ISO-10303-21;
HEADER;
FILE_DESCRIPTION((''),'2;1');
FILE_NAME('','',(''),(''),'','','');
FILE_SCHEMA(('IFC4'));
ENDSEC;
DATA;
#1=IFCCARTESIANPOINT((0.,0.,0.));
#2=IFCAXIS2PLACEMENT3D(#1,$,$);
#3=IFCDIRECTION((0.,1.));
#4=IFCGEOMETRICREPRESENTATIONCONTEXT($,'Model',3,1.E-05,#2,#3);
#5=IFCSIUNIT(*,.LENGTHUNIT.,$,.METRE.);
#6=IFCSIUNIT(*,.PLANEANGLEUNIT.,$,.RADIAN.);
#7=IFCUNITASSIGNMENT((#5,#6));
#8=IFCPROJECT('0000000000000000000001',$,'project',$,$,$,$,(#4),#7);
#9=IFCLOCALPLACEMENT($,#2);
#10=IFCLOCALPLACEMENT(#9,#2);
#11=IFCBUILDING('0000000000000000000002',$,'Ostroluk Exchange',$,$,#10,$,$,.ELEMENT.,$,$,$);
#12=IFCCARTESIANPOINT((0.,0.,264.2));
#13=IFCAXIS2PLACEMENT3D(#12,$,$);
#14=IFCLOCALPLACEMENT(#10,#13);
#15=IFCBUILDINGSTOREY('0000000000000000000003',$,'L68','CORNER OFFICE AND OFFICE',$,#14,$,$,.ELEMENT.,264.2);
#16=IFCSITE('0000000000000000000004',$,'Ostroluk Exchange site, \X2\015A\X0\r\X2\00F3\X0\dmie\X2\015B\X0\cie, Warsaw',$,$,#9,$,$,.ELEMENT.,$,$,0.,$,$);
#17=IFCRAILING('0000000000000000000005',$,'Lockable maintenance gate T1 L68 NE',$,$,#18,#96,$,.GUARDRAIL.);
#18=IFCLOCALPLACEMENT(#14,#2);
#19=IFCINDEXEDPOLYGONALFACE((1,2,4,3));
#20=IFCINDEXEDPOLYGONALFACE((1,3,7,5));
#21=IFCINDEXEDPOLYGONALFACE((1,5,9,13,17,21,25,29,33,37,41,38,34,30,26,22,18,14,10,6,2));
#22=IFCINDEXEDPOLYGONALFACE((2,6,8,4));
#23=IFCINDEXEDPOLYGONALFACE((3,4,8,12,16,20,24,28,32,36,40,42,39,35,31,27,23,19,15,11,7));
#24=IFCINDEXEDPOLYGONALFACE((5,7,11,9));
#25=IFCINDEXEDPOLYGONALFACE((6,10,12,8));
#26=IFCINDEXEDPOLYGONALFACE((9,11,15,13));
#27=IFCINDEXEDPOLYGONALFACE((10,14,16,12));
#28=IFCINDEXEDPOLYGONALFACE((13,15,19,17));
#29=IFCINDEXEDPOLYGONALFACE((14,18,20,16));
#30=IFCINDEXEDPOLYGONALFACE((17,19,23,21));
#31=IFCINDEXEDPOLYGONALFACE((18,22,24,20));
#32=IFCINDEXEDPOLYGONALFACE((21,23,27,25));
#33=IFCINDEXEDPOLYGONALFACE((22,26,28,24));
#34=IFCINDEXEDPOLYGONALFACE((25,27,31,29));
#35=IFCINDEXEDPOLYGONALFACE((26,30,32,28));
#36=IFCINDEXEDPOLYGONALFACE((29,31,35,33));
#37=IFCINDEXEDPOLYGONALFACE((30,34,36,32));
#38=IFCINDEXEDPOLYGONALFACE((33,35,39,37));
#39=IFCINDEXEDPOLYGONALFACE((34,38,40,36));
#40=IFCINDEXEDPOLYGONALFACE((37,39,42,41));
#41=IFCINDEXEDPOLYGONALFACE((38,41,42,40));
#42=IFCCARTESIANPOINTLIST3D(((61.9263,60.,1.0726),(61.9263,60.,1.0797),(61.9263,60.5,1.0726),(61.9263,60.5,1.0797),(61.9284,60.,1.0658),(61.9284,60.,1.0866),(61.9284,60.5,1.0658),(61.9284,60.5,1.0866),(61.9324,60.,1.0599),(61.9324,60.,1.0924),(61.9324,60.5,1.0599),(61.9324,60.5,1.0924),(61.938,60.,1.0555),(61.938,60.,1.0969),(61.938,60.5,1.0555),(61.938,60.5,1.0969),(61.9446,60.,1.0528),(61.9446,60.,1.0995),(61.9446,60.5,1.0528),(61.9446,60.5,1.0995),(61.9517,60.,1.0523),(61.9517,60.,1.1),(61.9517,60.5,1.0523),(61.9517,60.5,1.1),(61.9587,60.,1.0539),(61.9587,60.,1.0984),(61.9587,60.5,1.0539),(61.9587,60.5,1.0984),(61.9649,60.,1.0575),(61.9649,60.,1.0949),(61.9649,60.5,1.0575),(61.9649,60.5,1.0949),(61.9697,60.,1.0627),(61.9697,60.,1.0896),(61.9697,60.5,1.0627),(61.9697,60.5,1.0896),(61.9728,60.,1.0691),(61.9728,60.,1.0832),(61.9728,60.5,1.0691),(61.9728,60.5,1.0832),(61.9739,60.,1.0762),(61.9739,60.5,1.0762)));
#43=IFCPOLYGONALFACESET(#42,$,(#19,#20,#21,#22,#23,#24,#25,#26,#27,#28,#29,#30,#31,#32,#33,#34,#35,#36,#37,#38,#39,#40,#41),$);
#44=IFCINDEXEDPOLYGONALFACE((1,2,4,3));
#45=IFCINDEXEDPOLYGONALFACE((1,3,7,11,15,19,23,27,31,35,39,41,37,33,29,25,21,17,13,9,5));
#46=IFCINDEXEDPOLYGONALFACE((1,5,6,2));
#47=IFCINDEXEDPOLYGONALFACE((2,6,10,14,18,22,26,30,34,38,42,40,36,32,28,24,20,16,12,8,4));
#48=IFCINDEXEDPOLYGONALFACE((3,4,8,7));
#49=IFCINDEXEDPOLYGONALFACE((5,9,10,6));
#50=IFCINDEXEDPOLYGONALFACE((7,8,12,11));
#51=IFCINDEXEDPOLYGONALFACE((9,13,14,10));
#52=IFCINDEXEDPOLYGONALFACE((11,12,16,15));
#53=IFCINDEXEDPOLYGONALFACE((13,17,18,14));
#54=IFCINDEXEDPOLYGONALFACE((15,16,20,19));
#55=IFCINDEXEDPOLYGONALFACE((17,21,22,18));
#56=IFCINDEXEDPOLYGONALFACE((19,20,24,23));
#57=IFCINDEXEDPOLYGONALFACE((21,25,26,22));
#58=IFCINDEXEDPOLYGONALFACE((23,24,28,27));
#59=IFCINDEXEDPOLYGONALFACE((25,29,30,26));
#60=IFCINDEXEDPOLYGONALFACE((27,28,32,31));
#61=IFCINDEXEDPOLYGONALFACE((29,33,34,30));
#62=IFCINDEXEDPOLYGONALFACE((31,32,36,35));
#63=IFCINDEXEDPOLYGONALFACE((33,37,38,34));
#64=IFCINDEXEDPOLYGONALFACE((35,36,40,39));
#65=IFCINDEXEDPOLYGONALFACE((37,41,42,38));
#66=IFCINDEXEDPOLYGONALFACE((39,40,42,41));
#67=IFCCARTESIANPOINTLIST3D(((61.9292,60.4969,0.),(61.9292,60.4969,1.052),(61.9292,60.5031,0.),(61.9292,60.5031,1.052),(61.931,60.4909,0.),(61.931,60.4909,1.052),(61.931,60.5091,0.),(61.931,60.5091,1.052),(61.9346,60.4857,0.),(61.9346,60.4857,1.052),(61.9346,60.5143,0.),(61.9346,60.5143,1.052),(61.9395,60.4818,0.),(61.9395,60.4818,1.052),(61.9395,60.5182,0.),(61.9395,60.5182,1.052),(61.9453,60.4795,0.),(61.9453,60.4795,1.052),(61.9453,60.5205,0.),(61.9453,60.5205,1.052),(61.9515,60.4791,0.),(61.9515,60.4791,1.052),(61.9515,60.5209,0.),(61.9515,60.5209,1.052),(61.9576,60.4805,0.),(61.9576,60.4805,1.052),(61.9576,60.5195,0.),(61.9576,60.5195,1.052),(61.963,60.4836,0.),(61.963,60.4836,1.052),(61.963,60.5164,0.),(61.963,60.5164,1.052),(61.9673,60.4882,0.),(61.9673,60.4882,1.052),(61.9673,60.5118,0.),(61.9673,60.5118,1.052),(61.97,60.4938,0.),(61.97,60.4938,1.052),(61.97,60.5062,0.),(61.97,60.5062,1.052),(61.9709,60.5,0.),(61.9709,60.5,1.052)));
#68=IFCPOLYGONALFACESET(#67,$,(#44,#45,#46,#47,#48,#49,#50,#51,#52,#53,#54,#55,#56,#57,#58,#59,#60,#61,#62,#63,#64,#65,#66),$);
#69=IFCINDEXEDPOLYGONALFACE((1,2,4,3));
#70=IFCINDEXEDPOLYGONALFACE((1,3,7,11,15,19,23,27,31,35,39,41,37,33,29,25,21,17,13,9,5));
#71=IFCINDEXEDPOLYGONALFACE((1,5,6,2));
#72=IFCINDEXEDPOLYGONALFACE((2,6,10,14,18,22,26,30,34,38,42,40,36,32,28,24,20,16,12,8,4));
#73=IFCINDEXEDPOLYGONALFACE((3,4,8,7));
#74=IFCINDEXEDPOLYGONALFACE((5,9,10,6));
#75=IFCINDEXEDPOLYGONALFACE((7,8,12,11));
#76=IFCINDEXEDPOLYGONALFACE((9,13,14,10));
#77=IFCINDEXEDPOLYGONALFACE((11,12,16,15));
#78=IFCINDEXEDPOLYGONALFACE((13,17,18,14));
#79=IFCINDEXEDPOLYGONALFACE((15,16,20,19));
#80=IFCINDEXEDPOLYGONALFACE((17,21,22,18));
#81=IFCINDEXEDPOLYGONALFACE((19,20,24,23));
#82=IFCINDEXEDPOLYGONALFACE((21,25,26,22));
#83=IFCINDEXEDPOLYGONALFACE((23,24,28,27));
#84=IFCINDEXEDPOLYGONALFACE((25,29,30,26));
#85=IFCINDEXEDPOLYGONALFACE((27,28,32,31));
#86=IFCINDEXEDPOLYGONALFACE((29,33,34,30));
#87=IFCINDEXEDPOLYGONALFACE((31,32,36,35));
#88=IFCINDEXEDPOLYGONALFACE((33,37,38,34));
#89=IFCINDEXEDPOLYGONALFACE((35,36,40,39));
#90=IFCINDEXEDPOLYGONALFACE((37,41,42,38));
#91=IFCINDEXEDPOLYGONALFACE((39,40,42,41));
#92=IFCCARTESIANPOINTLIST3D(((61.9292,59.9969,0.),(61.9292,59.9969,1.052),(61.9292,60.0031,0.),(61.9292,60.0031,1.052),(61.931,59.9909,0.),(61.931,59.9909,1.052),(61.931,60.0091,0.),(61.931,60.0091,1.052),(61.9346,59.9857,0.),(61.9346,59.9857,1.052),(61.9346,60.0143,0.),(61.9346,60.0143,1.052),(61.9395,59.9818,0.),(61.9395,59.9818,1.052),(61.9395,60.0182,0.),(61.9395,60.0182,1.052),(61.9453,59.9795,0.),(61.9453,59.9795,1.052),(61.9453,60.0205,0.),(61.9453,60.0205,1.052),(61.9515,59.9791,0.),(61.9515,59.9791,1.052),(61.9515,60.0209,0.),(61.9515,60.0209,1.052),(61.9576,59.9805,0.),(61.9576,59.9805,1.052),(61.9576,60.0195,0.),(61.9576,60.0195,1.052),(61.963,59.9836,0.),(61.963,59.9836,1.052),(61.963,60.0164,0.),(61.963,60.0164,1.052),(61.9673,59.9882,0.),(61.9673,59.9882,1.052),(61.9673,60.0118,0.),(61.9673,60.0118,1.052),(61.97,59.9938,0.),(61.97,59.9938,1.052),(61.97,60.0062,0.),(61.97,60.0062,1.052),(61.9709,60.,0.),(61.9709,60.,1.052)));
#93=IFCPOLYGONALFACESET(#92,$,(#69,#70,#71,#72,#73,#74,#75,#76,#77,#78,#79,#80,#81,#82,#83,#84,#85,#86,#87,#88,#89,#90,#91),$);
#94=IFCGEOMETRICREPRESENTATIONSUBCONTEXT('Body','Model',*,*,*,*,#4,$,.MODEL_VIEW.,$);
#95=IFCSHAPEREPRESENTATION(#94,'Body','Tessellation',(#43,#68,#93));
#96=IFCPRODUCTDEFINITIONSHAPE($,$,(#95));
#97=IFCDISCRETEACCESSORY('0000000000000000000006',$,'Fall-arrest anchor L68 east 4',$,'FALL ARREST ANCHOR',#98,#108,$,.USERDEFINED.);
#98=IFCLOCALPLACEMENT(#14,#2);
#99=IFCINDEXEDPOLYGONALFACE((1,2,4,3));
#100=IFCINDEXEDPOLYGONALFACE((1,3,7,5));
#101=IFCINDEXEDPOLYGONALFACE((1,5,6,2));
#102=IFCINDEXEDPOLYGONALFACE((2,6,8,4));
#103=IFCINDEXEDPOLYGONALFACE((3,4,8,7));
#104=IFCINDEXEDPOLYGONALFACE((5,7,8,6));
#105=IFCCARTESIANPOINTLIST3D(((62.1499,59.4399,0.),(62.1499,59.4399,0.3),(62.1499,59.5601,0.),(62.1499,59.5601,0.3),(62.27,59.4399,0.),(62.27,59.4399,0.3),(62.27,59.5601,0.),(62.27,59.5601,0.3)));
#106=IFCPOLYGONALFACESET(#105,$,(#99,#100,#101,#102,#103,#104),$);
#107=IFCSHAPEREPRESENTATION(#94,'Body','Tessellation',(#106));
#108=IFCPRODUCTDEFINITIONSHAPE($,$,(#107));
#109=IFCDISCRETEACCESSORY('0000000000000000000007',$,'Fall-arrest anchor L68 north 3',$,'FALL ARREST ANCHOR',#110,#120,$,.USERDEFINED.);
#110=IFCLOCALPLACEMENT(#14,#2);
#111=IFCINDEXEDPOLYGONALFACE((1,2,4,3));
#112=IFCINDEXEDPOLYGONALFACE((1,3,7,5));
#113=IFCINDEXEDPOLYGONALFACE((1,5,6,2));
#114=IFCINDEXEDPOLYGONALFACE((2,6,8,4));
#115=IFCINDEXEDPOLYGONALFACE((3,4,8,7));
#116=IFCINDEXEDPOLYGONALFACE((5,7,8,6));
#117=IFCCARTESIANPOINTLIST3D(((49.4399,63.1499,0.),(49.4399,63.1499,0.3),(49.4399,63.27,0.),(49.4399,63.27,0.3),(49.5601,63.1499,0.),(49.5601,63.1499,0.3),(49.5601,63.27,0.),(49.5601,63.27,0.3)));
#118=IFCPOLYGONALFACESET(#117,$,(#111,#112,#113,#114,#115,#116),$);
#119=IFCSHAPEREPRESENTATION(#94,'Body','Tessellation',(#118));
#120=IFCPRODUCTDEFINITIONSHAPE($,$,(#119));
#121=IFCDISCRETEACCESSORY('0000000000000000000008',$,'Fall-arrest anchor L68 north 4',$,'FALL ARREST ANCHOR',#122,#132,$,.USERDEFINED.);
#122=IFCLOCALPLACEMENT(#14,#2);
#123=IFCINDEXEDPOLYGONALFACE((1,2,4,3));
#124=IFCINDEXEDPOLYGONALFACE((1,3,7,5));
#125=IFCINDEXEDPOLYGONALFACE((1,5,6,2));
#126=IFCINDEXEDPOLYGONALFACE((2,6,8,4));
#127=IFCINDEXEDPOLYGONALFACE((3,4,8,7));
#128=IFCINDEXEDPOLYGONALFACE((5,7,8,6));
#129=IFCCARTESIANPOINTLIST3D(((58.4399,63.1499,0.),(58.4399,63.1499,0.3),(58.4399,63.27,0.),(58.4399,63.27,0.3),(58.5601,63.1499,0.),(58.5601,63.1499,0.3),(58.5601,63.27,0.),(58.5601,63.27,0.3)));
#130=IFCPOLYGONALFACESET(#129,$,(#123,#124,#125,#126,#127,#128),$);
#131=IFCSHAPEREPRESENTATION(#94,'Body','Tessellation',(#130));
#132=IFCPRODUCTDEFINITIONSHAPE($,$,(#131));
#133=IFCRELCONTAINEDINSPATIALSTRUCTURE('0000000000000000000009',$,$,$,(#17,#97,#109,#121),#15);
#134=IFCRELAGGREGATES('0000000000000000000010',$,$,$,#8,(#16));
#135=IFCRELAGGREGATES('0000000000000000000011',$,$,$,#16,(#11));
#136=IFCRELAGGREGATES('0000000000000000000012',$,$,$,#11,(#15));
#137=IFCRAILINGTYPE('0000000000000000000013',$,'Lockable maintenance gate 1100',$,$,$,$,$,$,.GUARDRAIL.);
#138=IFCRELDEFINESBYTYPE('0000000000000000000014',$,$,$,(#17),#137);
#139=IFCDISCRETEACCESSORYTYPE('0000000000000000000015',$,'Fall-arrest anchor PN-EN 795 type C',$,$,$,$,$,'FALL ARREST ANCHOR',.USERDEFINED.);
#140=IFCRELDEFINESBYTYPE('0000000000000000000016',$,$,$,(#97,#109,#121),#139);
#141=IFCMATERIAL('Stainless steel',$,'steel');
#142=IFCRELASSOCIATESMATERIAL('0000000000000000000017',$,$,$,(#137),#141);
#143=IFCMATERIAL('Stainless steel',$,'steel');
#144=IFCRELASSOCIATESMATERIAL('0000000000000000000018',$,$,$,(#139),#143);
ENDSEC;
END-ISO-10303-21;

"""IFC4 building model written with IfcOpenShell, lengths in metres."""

from ifc_helpers import new_model, si_unit, direction, frame, origin, origin_2d, place, context, subcontext, project, spatial, rectangle, circle, extrude, material, type_object, element, save


model = new_model("IFC4")

# Units and contexts
model_context = context("Model", 3, precision=1e-05, world=origin(), true_north=direction((0.0, 1.0)))
body_context = subcontext(model_context, "Body", "Model", "MODEL_VIEW")
ifc_project = project(units=[si_unit("LENGTHUNIT", "METRE"), si_unit("PLANEANGLEUNIT", "RADIAN")], contexts=[model_context])

# Site, building, storey
site_placement = place(None, origin())
site = spatial("IfcSite", under=ifc_project, at=site_placement, Name="Ostroluk Exchange site, Śródmieście, Warsaw", CompositionType="ELEMENT", RefElevation=0.0)
building_placement = place(site_placement, origin())
building = spatial("IfcBuilding", under=site, at=building_placement, Name="Ostroluk Exchange", CompositionType="ELEMENT")
storey_placement = place(building_placement, frame((0.0, 0.0, 264.2)))
storey = spatial("IfcBuildingStorey", under=building, at=storey_placement, Name="L68", Description="CORNER OFFICE AND OFFICE", CompositionType="ELEMENT", Elevation=264.2)

# Railing
ifc_material_1 = material(Name="Stainless steel", Category="steel")
railing_type_1 = type_object("IfcRailingType", Name="Lockable maintenance gate 1100", PredefinedType="GUARDRAIL", material=ifc_material_1)
railing_1_placement = place(storey_placement, frame((61.95, 60.5, 0.0)))
element("IfcRailing", 1, at=railing_1_placement, inside=storey, type_object=railing_type_1, Name="Lockable maintenance gate T1 L68 NE", PredefinedType="GUARDRAIL", context=body_context, shape_type="SweptSolid", body=[
    extrude(circle(Radius=0.0239, at=origin_2d()), frame((0.0, 0.0, 1.0762), z_axis=(0.0, -1.0, 0.0), x_axis=(1.0, 0.0, 0.0)), (0.0, 0.0, 1.0), 0.5),
    extrude(circle(Radius=0.021, at=origin_2d()), origin(), (0.0, 0.0, 1.0), 1.052),
    extrude(circle(Radius=0.021, at=origin_2d()), frame((0.0, -0.5, 0.0)), (0.0, 0.0, 1.0), 1.052),
])

# Discrete accessories
ifc_material_2 = material(Name="Stainless steel", Category="steel")
discrete_accessory_type = type_object("IfcDiscreteAccessoryType", Name="Fall-arrest anchor PN-EN 795 type C", ElementType="FALL ARREST ANCHOR", PredefinedType="USERDEFINED", material=ifc_material_2)
for number, where, z_axis, x_axis, name in (
    (2, (62.21, 59.5, 0.0), (0.0, 0.0, 1.0), (1.0, 0.0, 0.0), "Fall-arrest anchor L68 east 4"),
    (3, (49.5, 63.21, 0.0), (0.0, 0.0, 1.0), (1.0, 0.0, 0.0), "Fall-arrest anchor L68 north 3"),
    (4, (58.5, 63.21, 0.0), (0.0, 0.0, 1.0), (1.0, 0.0, 0.0), "Fall-arrest anchor L68 north 4"),
):
    element("IfcDiscreteAccessory", number, at=place(storey_placement, frame(where, z_axis=z_axis, x_axis=x_axis)), inside=storey, type_object=discrete_accessory_type, Name=name, ObjectType="FALL ARREST ANCHOR", PredefinedType="USERDEFINED", context=body_context, shape_type="SweptSolid", body=[
        extrude(rectangle(XDim=0.1201, YDim=0.1201, at=origin_2d()), origin(), (0.0, 0.0, 1.0), 0.3),
    ])

save(model, "model.ifc")
